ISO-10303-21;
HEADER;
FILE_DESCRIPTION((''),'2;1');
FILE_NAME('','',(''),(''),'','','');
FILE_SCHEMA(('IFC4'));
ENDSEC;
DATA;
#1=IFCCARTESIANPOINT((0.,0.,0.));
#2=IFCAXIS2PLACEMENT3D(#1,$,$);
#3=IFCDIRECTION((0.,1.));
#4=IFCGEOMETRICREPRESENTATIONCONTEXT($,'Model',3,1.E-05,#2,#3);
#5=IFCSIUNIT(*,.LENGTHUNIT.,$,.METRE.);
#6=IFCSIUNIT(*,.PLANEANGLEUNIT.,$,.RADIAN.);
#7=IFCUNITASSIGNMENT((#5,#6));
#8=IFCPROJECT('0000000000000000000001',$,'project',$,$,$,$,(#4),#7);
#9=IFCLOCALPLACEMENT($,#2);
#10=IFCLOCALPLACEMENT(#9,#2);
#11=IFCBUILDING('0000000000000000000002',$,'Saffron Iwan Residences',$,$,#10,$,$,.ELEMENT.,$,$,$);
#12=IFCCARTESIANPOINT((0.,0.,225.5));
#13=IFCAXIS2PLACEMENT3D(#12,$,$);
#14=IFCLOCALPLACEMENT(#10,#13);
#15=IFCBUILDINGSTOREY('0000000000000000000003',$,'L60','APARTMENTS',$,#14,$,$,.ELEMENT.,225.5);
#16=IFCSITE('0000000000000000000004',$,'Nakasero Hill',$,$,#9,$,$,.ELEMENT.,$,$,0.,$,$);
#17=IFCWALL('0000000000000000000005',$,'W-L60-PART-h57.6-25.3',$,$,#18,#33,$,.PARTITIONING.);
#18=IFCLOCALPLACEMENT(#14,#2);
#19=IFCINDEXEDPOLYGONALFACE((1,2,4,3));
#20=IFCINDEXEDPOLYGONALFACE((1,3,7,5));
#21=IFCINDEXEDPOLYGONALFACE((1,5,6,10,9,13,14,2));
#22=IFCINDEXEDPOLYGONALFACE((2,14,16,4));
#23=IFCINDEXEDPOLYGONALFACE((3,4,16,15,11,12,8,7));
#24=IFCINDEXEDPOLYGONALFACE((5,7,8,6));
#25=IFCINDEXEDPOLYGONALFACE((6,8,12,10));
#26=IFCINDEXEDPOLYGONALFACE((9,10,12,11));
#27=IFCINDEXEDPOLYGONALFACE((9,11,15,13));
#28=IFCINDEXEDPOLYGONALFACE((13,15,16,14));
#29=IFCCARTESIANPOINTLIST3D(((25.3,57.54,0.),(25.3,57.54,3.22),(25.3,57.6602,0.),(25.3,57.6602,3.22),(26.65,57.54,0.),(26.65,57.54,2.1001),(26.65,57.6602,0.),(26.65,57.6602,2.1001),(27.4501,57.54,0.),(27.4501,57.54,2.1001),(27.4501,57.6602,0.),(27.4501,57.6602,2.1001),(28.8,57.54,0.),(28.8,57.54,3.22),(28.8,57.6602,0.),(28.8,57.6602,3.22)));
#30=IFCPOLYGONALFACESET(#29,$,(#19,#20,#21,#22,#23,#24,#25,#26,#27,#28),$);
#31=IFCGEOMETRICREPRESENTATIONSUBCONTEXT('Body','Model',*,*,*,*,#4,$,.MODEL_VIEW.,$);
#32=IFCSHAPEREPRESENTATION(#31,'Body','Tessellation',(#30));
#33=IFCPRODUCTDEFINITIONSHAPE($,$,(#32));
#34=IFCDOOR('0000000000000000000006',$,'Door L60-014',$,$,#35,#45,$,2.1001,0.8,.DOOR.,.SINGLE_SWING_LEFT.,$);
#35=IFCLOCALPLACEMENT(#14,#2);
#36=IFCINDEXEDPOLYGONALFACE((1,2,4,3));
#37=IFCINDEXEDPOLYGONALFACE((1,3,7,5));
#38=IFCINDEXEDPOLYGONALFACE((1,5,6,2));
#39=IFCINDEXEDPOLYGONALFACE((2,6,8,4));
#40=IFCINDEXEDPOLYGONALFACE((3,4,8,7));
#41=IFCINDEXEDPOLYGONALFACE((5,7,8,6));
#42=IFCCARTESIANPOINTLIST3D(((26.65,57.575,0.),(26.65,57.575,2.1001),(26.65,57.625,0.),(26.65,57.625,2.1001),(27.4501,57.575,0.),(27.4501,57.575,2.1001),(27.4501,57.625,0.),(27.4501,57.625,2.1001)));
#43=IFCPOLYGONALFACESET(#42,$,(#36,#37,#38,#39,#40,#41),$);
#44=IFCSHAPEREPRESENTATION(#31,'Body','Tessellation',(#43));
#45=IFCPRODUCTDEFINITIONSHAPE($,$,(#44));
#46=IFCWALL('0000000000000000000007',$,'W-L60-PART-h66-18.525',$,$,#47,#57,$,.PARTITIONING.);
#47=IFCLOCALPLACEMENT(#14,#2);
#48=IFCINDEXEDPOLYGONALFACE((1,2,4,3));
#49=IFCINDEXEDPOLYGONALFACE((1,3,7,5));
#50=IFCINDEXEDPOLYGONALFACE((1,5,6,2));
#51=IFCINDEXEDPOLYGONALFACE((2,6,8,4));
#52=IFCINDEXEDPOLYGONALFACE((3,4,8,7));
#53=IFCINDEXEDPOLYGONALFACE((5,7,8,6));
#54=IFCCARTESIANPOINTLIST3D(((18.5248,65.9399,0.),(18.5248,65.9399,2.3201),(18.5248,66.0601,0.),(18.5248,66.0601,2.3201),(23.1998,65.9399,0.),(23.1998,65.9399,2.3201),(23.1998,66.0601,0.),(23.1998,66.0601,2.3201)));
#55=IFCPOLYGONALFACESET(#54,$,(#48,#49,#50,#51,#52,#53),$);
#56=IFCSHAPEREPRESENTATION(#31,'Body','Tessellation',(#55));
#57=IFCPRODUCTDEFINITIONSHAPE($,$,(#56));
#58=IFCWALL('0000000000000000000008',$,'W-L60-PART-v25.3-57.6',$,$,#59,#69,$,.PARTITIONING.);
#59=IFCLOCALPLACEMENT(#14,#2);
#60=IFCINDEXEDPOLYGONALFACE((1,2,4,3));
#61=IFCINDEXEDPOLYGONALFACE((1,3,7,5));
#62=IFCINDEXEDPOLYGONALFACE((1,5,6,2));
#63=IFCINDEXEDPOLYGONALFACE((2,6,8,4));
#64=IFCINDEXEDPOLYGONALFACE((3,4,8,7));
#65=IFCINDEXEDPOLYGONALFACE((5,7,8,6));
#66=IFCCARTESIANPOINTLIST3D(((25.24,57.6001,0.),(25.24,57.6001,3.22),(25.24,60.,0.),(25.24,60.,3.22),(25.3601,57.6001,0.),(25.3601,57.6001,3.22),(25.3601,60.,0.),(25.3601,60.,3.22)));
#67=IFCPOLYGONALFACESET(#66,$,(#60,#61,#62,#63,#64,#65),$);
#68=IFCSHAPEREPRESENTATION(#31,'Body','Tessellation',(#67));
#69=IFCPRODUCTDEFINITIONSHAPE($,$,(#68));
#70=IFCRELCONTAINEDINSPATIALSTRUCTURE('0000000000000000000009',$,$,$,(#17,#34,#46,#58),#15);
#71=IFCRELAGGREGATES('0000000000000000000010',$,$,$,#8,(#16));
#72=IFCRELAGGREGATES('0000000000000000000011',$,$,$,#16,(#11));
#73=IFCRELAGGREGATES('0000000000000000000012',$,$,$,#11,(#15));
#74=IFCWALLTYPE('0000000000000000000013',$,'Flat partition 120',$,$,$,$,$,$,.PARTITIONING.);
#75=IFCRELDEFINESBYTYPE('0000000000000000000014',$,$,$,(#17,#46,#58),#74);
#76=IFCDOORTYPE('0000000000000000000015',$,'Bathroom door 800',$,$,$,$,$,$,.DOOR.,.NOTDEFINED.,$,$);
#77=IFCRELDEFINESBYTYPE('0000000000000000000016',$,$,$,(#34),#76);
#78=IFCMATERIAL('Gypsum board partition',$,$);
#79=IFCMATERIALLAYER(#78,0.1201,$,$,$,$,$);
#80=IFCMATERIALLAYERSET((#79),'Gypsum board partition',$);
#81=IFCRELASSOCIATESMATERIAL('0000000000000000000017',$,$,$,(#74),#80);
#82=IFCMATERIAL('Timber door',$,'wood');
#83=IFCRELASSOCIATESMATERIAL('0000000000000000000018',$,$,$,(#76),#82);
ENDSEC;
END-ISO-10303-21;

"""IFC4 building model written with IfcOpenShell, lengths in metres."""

from ifc_helpers import new_model, si_unit, direction, frame, frame_2d, origin, place, context, subcontext, project, spatial, rectangle, extrude, material, layer, layer_set, type_object, element, fill, save


model = new_model("IFC4")

# Units and contexts
model_context = context("Model", 3, precision=1e-05, world=origin(), true_north=direction((0.0, 1.0)))
body_context = subcontext(model_context, "Body", "Model", "MODEL_VIEW")
ifc_project = project(units=[si_unit("LENGTHUNIT", "METRE"), si_unit("PLANEANGLEUNIT", "RADIAN")], contexts=[model_context])

# Site, building, storey
site_placement = place(None, origin())
site = spatial("IfcSite", under=ifc_project, at=site_placement, Name="Nakasero Hill", CompositionType="ELEMENT", RefElevation=0.0)
building_placement = place(site_placement, origin())
building = spatial("IfcBuilding", under=site, at=building_placement, Name="Saffron Iwan Residences", CompositionType="ELEMENT")
storey_placement = place(building_placement, frame((0.0, 0.0, 225.5)))
storey = spatial("IfcBuildingStorey", under=building, at=storey_placement, Name="L60", Description="APARTMENTS", CompositionType="ELEMENT", Elevation=225.5)

# Shared definitions
ifc_material_1 = material(Name="Gypsum board partition")
ifc_layer_1 = layer(ifc_material_1, 0.1201)
ifc_layer_set_1 = layer_set([ifc_layer_1], Name="Gypsum board partition")
wall_type_1 = type_object("IfcWallType", Name="Flat partition 120", PredefinedType="PARTITIONING", material=ifc_layer_set_1)

# Shared definitions
ifc_material_2 = material(Name="Timber door", Category="wood")
door_type_1 = type_object("IfcDoorType", Name="Bathroom door 800", OperationType="NOTDEFINED", PredefinedType="DOOR", material=ifc_material_2)

# Wall, opening, door
wall_1_placement = place(storey_placement, frame((25.3, 57.6001, 0.0), z_axis=(0.0, 0.0, 1.0), x_axis=(1.0, 0.0, 0.0)))
wall_1 = element("IfcWall", 1, at=wall_1_placement, inside=storey, type_object=wall_type_1, Name="W-L60-PART-h57.6-25.3", PredefinedType="PARTITIONING", context=body_context, shape_type="SweptSolid", body=[
    extrude(rectangle(XDim=3.5, YDim=0.1201, at=frame_2d((1.75, 0.0))), origin(), (0.0, 0.0, 1.0), 3.22),
])
opening_1_placement = place(wall_1_placement, frame((1.3501, 0.0, 0.0)))
opening_1 = element("IfcOpeningElement", 2, at=opening_1_placement, cuts=wall_1, PredefinedType="OPENING", context=body_context, shape_type="SweptSolid", body=[
    extrude(rectangle(XDim=0.8, YDim=2.1001, at=frame_2d((0.3999, 1.05))), frame((0.0, 0.0701, 0.0), z_axis=(0.0, -1.0, 0.0), x_axis=(1.0, 0.0, 0.0)), (0.0, 0.0, 1.0), 0.1401),
])
door_1_placement = place(opening_1_placement, origin())
door_1 = element("IfcDoor", 3, at=door_1_placement, inside=storey, type_object=door_type_1, Name="Door L60-014", OperationType="SINGLE_SWING_LEFT", OverallHeight=2.1001, OverallWidth=0.8, PredefinedType="DOOR", context=body_context, shape_type="SweptSolid", body=[
    extrude(rectangle(XDim=0.8, YDim=2.1001, at=frame_2d((0.3999, 1.05))), frame((0.0, 0.0249, 0.0), z_axis=(0.0, -1.0, 0.0), x_axis=(1.0, 0.0, 0.0)), (0.0, 0.0, 1.0), 0.05),
])
fill(opening_1, door_1)

# Walls
wall_2_placement = place(storey_placement, frame((18.5249, 66.0, 0.0), z_axis=(0.0, 0.0, 1.0), x_axis=(1.0, 0.0, 0.0)))
element("IfcWall", 4, at=wall_2_placement, inside=storey, type_object=wall_type_1, Name="W-L60-PART-h66-18.525", PredefinedType="PARTITIONING", context=body_context, shape_type="SweptSolid", body=[
    extrude(rectangle(XDim=4.675, YDim=0.1201, at=frame_2d((2.3374, 0.0))), origin(), (0.0, 0.0, 1.0), 2.3201),
])
wall_3_placement = place(storey_placement, frame((25.3, 57.6001, 0.0), z_axis=(0.0, 0.0, 1.0), x_axis=(0.0, 1.0, 0.0)))
element("IfcWall", 5, at=wall_3_placement, inside=storey, type_object=wall_type_1, Name="W-L60-PART-v25.3-57.6", PredefinedType="PARTITIONING", context=body_context, shape_type="SweptSolid", body=[
    extrude(rectangle(XDim=2.3999, YDim=0.1201, at=frame_2d((1.2, 0.0))), origin(), (0.0, 0.0, 1.0), 3.22),
])

save(model, "model.ifc")
